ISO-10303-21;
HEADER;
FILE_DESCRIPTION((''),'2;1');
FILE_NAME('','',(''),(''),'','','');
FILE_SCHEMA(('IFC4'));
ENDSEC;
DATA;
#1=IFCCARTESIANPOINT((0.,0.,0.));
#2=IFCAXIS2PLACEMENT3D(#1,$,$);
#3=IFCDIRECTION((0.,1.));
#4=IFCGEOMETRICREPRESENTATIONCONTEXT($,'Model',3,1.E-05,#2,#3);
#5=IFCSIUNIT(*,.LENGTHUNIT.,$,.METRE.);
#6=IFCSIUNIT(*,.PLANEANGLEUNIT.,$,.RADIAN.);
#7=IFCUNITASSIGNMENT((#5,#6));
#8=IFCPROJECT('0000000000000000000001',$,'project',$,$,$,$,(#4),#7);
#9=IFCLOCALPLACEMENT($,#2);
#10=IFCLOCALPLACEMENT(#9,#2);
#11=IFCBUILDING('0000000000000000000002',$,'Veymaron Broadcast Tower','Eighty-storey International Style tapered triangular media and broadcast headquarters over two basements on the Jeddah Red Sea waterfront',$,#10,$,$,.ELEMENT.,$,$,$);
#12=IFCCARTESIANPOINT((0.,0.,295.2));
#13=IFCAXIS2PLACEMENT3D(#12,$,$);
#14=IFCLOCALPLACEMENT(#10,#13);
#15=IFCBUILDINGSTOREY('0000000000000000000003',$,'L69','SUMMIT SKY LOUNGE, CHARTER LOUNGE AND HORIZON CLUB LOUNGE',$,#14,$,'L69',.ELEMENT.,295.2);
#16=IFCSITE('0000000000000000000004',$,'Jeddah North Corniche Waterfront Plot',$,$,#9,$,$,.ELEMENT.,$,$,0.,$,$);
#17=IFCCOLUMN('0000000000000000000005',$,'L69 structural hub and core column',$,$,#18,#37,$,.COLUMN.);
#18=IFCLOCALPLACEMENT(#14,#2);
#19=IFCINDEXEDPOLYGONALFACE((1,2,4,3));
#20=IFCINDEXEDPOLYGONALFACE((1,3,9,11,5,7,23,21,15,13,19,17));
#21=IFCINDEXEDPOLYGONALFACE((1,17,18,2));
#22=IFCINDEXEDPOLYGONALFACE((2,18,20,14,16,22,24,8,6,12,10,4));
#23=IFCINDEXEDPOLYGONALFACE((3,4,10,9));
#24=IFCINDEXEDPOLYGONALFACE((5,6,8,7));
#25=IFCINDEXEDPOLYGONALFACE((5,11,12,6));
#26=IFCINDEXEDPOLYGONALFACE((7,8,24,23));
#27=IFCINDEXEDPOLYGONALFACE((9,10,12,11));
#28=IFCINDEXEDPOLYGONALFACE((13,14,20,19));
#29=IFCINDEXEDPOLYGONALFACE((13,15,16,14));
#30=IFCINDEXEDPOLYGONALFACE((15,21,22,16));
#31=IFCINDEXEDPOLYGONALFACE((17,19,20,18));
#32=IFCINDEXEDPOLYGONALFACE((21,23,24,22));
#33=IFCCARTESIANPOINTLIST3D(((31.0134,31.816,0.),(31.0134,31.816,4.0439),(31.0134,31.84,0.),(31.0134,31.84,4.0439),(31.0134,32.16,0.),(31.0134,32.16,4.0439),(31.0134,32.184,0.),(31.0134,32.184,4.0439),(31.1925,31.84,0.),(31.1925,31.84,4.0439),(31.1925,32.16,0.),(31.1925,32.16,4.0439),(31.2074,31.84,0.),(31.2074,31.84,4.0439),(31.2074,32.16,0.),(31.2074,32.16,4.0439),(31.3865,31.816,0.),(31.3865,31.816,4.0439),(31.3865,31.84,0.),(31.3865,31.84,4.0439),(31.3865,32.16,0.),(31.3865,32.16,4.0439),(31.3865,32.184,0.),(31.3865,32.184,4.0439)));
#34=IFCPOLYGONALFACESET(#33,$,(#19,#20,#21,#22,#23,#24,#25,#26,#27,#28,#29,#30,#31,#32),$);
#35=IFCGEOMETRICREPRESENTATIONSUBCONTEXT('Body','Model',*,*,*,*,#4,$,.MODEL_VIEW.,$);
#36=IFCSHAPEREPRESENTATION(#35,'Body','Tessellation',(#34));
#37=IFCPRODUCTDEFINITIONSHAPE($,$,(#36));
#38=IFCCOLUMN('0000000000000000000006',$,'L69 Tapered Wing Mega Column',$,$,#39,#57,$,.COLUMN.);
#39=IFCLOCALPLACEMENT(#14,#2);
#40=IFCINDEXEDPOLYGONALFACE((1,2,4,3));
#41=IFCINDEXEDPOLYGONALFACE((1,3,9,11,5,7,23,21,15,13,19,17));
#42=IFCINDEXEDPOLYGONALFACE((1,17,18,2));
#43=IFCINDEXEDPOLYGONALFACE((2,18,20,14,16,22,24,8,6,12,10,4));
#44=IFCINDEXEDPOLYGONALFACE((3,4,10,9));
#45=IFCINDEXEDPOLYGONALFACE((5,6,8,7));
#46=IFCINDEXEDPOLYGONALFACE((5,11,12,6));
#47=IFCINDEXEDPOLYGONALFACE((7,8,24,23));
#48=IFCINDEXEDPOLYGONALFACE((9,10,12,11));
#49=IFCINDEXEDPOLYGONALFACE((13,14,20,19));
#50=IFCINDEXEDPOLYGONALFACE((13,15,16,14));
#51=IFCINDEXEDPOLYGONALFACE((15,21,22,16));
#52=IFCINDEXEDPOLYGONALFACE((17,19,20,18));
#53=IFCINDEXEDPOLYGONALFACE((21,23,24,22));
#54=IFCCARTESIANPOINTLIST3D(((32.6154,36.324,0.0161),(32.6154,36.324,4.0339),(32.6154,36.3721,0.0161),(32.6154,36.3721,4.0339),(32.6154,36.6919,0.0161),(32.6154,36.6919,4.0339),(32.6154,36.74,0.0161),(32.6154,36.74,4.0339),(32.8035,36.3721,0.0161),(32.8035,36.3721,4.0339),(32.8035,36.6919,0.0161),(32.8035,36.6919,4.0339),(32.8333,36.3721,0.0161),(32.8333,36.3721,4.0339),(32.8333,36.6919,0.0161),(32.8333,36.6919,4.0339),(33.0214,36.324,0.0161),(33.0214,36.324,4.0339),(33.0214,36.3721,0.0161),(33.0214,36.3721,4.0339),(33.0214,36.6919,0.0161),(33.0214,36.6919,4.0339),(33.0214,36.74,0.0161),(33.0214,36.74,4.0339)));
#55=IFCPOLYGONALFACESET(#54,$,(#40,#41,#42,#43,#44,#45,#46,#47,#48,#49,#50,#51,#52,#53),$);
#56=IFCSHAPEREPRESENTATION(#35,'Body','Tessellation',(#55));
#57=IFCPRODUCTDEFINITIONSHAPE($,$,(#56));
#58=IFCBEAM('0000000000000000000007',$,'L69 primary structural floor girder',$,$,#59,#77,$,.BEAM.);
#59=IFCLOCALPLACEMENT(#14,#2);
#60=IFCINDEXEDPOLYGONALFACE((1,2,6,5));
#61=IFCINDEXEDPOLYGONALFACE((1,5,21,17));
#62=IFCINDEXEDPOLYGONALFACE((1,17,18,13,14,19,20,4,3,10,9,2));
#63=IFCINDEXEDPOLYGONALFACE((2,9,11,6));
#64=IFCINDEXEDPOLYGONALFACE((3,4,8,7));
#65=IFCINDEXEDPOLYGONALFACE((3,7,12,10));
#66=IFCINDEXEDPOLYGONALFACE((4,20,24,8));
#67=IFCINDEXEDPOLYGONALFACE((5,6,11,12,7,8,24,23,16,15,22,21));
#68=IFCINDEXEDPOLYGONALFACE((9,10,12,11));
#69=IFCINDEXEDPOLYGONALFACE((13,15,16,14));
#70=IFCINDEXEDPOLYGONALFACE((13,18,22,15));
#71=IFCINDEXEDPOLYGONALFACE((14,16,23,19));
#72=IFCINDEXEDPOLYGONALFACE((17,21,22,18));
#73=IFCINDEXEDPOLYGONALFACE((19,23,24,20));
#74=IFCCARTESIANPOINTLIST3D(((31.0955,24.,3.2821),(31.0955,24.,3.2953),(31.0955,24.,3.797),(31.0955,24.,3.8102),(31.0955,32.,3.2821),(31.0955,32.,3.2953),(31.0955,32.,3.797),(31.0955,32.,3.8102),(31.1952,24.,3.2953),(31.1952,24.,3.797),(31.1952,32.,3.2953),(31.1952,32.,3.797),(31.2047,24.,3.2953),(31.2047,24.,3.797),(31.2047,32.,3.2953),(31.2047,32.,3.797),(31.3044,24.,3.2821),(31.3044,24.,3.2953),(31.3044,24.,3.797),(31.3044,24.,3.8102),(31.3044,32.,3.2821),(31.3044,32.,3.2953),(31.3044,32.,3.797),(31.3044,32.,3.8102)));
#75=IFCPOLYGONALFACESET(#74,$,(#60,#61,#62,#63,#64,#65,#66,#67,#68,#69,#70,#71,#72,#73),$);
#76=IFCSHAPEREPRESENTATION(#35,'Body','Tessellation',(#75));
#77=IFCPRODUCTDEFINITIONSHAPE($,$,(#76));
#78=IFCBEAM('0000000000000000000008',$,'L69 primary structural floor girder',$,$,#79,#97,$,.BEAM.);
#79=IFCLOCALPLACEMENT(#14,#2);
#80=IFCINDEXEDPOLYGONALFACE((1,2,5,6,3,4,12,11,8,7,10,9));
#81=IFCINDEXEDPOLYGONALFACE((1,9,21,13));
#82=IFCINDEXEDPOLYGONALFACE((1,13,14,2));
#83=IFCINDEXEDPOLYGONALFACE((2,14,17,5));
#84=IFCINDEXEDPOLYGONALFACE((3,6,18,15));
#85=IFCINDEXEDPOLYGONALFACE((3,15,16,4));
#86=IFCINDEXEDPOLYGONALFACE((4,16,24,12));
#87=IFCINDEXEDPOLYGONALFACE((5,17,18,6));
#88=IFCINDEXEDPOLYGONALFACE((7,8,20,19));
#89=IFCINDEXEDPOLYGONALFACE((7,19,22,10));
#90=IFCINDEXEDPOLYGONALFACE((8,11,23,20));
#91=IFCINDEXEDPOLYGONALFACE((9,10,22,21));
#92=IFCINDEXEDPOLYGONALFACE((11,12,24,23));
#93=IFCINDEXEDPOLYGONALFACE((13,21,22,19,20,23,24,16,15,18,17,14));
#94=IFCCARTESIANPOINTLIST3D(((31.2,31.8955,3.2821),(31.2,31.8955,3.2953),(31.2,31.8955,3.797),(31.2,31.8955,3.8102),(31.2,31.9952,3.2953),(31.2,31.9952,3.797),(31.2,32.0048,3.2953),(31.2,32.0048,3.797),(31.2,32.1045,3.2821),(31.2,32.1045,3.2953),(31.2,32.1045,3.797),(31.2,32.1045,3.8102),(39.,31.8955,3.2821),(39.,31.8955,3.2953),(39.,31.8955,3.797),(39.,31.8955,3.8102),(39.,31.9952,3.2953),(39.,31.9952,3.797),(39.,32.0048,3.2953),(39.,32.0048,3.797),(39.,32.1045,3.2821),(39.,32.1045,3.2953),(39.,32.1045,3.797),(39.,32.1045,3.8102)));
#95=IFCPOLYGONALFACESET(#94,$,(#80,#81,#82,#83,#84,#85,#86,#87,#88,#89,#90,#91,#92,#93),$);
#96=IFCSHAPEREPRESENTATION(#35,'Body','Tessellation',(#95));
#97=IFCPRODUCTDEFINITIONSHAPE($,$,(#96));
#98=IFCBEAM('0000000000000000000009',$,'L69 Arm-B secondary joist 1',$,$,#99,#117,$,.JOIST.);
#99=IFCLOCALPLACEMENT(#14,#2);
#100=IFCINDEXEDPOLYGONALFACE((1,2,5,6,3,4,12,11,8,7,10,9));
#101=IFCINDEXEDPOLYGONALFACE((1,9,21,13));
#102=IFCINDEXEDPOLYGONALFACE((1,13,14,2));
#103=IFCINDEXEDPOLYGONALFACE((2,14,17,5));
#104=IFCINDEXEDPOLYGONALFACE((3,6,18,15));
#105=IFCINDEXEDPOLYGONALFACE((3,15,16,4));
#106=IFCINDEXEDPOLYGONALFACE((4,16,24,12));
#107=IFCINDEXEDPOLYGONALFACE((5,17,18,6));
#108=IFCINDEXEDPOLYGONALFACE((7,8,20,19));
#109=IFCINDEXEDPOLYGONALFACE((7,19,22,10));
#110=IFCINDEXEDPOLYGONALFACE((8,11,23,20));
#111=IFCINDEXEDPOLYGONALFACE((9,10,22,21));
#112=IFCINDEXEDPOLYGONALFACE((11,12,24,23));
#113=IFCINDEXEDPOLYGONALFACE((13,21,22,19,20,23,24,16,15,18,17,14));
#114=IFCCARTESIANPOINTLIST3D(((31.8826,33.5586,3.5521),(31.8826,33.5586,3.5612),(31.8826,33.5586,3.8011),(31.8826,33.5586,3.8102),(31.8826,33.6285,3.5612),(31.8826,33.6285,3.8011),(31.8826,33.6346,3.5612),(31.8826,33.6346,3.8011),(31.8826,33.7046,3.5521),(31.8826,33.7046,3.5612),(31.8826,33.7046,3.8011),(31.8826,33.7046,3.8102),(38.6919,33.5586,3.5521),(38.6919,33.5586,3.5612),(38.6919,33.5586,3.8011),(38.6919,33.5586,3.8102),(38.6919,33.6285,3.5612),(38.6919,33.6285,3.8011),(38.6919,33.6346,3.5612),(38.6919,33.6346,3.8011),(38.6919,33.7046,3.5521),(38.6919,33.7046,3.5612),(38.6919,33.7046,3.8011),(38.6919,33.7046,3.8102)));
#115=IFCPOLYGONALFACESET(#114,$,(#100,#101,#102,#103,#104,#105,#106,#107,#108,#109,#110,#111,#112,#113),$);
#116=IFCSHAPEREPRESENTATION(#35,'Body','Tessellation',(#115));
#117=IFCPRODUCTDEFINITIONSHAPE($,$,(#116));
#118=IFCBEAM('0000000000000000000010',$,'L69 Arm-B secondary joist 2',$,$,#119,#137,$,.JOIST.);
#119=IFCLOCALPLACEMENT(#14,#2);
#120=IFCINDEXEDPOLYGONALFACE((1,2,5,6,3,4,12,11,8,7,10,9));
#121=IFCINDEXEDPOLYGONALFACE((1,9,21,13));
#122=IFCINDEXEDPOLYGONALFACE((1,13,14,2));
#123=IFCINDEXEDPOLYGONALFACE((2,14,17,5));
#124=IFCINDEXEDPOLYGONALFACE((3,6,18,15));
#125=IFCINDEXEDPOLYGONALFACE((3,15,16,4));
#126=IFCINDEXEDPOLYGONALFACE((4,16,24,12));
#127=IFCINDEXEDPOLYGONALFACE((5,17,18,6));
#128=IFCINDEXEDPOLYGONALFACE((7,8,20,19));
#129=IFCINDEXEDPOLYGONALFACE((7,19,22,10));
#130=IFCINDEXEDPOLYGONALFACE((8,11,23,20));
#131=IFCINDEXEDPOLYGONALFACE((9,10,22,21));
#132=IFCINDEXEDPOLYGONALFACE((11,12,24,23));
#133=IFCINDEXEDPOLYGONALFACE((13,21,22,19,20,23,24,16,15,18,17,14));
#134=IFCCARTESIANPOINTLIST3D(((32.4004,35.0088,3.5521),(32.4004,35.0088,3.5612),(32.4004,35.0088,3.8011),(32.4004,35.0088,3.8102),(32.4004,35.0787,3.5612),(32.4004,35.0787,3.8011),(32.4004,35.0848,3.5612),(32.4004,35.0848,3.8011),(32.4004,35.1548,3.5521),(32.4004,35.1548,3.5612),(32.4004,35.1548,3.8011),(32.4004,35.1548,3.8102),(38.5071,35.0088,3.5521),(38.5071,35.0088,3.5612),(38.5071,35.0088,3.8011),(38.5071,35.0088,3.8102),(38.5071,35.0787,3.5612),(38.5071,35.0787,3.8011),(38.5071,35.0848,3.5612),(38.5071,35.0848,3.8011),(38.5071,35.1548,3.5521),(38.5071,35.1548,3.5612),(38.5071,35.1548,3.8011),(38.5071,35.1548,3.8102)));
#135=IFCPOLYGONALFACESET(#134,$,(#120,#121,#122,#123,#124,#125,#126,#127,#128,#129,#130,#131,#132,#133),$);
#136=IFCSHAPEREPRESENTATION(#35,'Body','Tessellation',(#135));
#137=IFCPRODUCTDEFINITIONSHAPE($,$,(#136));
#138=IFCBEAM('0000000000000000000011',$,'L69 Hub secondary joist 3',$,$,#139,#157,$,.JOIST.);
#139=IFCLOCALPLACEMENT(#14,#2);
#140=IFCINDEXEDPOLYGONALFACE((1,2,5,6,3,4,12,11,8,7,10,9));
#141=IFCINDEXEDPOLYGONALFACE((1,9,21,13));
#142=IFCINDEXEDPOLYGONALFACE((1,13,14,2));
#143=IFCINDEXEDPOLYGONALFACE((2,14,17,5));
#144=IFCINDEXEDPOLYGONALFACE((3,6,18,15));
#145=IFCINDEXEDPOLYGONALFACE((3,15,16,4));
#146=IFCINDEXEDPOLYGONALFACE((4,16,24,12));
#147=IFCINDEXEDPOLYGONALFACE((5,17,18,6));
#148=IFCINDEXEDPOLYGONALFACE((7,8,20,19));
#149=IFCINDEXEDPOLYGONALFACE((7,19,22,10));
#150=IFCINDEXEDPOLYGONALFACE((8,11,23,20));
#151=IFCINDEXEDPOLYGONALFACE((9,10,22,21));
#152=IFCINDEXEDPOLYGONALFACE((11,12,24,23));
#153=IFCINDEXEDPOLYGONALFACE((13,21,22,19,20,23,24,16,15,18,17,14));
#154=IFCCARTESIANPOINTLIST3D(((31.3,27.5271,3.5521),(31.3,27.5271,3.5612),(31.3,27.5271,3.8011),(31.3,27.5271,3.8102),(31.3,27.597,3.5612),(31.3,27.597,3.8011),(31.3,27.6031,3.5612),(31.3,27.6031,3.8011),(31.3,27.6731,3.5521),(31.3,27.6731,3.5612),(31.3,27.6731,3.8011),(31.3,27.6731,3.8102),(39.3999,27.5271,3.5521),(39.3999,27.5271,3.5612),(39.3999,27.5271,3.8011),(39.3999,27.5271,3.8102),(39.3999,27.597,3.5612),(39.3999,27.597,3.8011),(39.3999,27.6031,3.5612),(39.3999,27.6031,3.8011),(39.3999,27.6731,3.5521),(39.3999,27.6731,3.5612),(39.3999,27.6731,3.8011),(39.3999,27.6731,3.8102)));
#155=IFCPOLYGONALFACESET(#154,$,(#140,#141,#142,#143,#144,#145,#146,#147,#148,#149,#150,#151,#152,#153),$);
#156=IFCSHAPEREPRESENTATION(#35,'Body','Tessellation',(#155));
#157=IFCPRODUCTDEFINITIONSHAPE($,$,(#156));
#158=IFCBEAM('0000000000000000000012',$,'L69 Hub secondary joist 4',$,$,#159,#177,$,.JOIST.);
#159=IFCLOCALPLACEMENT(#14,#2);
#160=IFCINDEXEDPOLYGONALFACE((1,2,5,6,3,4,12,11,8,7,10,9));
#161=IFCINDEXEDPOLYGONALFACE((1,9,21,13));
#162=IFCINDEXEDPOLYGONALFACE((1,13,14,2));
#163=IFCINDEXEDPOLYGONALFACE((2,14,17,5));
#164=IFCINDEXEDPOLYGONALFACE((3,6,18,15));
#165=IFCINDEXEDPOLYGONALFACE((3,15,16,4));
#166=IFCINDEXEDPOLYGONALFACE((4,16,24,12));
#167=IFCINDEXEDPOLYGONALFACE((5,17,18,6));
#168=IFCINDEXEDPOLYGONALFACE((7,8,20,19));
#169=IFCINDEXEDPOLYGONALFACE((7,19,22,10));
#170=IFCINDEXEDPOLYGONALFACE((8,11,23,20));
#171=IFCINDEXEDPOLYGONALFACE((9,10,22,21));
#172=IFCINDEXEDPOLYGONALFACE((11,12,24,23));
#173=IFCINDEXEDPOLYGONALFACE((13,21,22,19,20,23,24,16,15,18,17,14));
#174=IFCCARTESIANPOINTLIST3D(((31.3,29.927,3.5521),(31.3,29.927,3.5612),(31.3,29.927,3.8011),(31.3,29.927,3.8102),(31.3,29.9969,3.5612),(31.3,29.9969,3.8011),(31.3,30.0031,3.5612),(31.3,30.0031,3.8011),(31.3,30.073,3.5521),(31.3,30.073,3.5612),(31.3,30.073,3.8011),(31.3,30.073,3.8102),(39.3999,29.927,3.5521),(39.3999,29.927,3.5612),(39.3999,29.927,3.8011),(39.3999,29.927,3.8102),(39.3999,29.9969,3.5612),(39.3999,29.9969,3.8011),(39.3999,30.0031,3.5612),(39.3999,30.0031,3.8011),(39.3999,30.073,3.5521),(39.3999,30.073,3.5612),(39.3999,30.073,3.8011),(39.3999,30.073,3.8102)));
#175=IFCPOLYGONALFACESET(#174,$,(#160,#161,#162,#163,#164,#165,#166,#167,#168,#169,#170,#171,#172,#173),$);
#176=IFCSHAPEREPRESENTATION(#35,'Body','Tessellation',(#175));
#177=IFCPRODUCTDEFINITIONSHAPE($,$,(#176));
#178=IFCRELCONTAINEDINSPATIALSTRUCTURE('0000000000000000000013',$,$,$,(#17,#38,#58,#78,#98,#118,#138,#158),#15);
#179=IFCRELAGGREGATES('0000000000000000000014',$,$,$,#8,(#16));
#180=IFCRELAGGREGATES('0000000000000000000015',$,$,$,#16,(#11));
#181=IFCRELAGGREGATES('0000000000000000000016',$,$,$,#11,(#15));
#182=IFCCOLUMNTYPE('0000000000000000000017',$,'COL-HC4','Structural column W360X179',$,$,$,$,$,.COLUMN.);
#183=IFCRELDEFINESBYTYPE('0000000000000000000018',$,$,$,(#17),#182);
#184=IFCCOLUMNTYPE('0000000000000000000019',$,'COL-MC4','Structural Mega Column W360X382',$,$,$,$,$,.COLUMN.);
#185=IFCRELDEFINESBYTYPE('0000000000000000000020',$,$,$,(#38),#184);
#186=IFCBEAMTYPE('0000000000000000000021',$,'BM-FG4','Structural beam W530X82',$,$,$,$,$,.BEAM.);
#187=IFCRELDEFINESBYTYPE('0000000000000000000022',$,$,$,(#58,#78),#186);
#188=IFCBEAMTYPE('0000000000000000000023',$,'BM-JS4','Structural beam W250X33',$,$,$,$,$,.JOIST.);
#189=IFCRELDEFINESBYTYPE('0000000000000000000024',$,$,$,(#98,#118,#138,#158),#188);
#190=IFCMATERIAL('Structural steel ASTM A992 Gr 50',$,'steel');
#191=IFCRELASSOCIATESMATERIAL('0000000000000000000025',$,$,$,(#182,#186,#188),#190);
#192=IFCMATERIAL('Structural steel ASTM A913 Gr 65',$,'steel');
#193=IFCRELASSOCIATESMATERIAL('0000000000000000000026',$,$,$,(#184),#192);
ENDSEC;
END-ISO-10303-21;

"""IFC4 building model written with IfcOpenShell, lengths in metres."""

from ifc_helpers import new_model, si_unit, direction, frame, origin, origin_2d, place, context, subcontext, project, spatial, i_section, extrude, material, material_profile, profile_set, type_object, element, save


model = new_model("IFC4")

# Units and contexts
model_context = context("Model", 3, precision=1e-05, world=origin(), true_north=direction((0.0, 1.0)))
body_context = subcontext(model_context, "Body", "Model", "MODEL_VIEW")
ifc_project = project(units=[si_unit("LENGTHUNIT", "METRE"), si_unit("PLANEANGLEUNIT", "RADIAN")], contexts=[model_context])

# Site, building, storey
site_placement = place(None, origin())
site = spatial("IfcSite", under=ifc_project, at=site_placement, Name="Jeddah North Corniche Waterfront Plot", CompositionType="ELEMENT", RefElevation=0.0)
building_placement = place(site_placement, origin())
building = spatial("IfcBuilding", under=site, at=building_placement, Name="Veymaron Broadcast Tower", Description="Eighty-storey International Style tapered triangular media and broadcast headquarters over two basements on the Jeddah Red Sea waterfront", CompositionType="ELEMENT")
storey_placement = place(building_placement, frame((0.0, 0.0, 295.2)))
storey = spatial("IfcBuildingStorey", under=building, at=storey_placement, Name="L69", Description="SUMMIT SKY LOUNGE, CHARTER LOUNGE AND HORIZON CLUB LOUNGE", LongName="L69", CompositionType="ELEMENT", Elevation=295.2)

# Columns
ifc_material_1 = material(Name="Structural steel ASTM A992 Gr 50", Category="steel")
ifc_material_profile_1 = material_profile(ifc_material_1, i_section(OverallWidth=0.373, OverallDepth=0.3679, WebThickness=0.0149, FlangeThickness=0.0239, at=origin_2d()), Name="W360X179")
ifc_profile_set_1 = profile_set([ifc_material_profile_1], Name="Structural steel ASTM A992 Gr 50")
column_type_1 = type_object("IfcColumnType", Name="COL-HC4", Description="Structural column W360X179", PredefinedType="COLUMN", material=ifc_profile_set_1)
column_1_placement = place(storey_placement, frame((31.2, 32.0, 0.0), z_axis=(0.0, 0.0, 1.0), x_axis=(1.0, 0.0, 0.0)))
element("IfcColumn", 1, at=column_1_placement, inside=storey, type_object=column_type_1, Name="L69 structural hub and core column", PredefinedType="COLUMN", context=body_context, shape_type="SweptSolid", body=[
    extrude(i_section(OverallWidth=0.373, OverallDepth=0.3679, WebThickness=0.0149, FlangeThickness=0.0239, at=origin_2d()), origin(), (0.0, 0.0, 1.0), 4.0439),
])
ifc_material_2 = material(Name="Structural steel ASTM A913 Gr 65", Category="steel")
ifc_material_profile_2 = material_profile(ifc_material_2, i_section(OverallWidth=0.406, OverallDepth=0.416, WebThickness=0.0298, FlangeThickness=0.0481, at=origin_2d()), Name="W360X382")
ifc_profile_set_2 = profile_set([ifc_material_profile_2], Name="Structural steel ASTM A913 Gr 65")
column_type_2 = type_object("IfcColumnType", Name="COL-MC4", Description="Structural Mega Column W360X382", PredefinedType="COLUMN", material=ifc_profile_set_2)
column_2_placement = place(storey_placement, frame((32.8184, 36.532, 0.0161), z_axis=(0.0, 0.0, 1.0), x_axis=(1.0, 0.0, 0.0)))
element("IfcColumn", 2, at=column_2_placement, inside=storey, type_object=column_type_2, Name="L69 Tapered Wing Mega Column", PredefinedType="COLUMN", context=body_context, shape_type="SweptSolid", body=[
    extrude(i_section(OverallWidth=0.406, OverallDepth=0.416, WebThickness=0.0298, FlangeThickness=0.0481, at=origin_2d()), origin(), (0.0, 0.0, 1.0), 4.0178),
])

# Beams
ifc_material_profile_3 = material_profile(ifc_material_1, i_section(OverallWidth=0.209, OverallDepth=0.5281, WebThickness=0.0095, FlangeThickness=0.0132, at=origin_2d()), Name="W530X82")
ifc_profile_set_3 = profile_set([ifc_material_profile_3], Name="Structural steel ASTM A992 Gr 50")
beam_type_1 = type_object("IfcBeamType", Name="BM-FG4", Description="Structural beam W530X82", PredefinedType="BEAM", material=ifc_profile_set_3)
beam_1_placement = place(storey_placement, frame((31.2, 24.0, 3.5461), z_axis=(0.0, 1.0, 0.0), x_axis=(-1.0, 0.0, 0.0)))
element("IfcBeam", 3, at=beam_1_placement, inside=storey, type_object=beam_type_1, Name="L69 primary structural floor girder", PredefinedType="BEAM", context=body_context, shape_type="SweptSolid", body=[
    extrude(i_section(OverallWidth=0.209, OverallDepth=0.5281, WebThickness=0.0095, FlangeThickness=0.0132, at=origin_2d()), origin(), (0.0, 0.0, 1.0), 8.0),
])
beam_2_placement = place(storey_placement, frame((31.2, 32.0, 3.5461), z_axis=(1.0, 0.0, 0.0), x_axis=(0.0, 1.0, 0.0)))
element("IfcBeam", 4, at=beam_2_placement, inside=storey, type_object=beam_type_1, Name="L69 primary structural floor girder", PredefinedType="BEAM", context=body_context, shape_type="SweptSolid", body=[
    extrude(i_section(OverallWidth=0.209, OverallDepth=0.5281, WebThickness=0.0095, FlangeThickness=0.0132, at=origin_2d()), origin(), (0.0, 0.0, 1.0), 7.8),
])
ifc_material_profile_4 = material_profile(ifc_material_1, i_section(OverallWidth=0.146, OverallDepth=0.2581, WebThickness=0.0061, FlangeThickness=0.009, at=origin_2d()), Name="W250X33")
ifc_profile_set_4 = profile_set([ifc_material_profile_4], Name="Structural steel ASTM A992 Gr 50")
beam_type_2 = type_object("IfcBeamType", Name="BM-JS4", Description="Structural beam W250X33", PredefinedType="JOIST", material=ifc_profile_set_4)
beam_3_placement = place(storey_placement, frame((31.8826, 33.6316, 3.6812), z_axis=(1.0, 0.0, 0.0), x_axis=(0.0, 1.0, 0.0)))
element("IfcBeam", 5, at=beam_3_placement, inside=storey, type_object=beam_type_2, Name="L69 Arm-B secondary joist 1", PredefinedType="JOIST", context=body_context, shape_type="SweptSolid", body=[
    extrude(i_section(OverallWidth=0.146, OverallDepth=0.2581, WebThickness=0.0061, FlangeThickness=0.009, at=origin_2d()), origin(), (0.0, 0.0, 1.0), 6.8093),
])
beam_4_placement = place(storey_placement, frame((32.4004, 35.0818, 3.6812), z_axis=(1.0, 0.0, 0.0), x_axis=(0.0, 1.0, 0.0)))
element("IfcBeam", 6, at=beam_4_placement, inside=storey, type_object=beam_type_2, Name="L69 Arm-B secondary joist 2", PredefinedType="JOIST", context=body_context, shape_type="SweptSolid", body=[
    extrude(i_section(OverallWidth=0.146, OverallDepth=0.2581, WebThickness=0.0061, FlangeThickness=0.009, at=origin_2d()), origin(), (0.0, 0.0, 1.0), 6.1067),
])
for number, where, z_axis, x_axis, name in (
    (7, (31.3, 27.6001, 3.6812), (1.0, 0.0, 0.0), (0.0, 1.0, 0.0), "L69 Hub secondary joist 3"),
    (8, (31.3, 30.0, 3.6812), (1.0, 0.0, 0.0), (0.0, 1.0, 0.0), "L69 Hub secondary joist 4"),
):
    element("IfcBeam", number, at=place(storey_placement, frame(where, z_axis=z_axis, x_axis=x_axis)), inside=storey, type_object=beam_type_2, Name=name, PredefinedType="JOIST", context=body_context, shape_type="SweptSolid", body=[
        extrude(i_section(OverallWidth=0.146, OverallDepth=0.2581, WebThickness=0.0061, FlangeThickness=0.009, at=origin_2d()), origin(), (0.0, 0.0, 1.0), 8.0999),
    ])

save(model, "model.ifc")
